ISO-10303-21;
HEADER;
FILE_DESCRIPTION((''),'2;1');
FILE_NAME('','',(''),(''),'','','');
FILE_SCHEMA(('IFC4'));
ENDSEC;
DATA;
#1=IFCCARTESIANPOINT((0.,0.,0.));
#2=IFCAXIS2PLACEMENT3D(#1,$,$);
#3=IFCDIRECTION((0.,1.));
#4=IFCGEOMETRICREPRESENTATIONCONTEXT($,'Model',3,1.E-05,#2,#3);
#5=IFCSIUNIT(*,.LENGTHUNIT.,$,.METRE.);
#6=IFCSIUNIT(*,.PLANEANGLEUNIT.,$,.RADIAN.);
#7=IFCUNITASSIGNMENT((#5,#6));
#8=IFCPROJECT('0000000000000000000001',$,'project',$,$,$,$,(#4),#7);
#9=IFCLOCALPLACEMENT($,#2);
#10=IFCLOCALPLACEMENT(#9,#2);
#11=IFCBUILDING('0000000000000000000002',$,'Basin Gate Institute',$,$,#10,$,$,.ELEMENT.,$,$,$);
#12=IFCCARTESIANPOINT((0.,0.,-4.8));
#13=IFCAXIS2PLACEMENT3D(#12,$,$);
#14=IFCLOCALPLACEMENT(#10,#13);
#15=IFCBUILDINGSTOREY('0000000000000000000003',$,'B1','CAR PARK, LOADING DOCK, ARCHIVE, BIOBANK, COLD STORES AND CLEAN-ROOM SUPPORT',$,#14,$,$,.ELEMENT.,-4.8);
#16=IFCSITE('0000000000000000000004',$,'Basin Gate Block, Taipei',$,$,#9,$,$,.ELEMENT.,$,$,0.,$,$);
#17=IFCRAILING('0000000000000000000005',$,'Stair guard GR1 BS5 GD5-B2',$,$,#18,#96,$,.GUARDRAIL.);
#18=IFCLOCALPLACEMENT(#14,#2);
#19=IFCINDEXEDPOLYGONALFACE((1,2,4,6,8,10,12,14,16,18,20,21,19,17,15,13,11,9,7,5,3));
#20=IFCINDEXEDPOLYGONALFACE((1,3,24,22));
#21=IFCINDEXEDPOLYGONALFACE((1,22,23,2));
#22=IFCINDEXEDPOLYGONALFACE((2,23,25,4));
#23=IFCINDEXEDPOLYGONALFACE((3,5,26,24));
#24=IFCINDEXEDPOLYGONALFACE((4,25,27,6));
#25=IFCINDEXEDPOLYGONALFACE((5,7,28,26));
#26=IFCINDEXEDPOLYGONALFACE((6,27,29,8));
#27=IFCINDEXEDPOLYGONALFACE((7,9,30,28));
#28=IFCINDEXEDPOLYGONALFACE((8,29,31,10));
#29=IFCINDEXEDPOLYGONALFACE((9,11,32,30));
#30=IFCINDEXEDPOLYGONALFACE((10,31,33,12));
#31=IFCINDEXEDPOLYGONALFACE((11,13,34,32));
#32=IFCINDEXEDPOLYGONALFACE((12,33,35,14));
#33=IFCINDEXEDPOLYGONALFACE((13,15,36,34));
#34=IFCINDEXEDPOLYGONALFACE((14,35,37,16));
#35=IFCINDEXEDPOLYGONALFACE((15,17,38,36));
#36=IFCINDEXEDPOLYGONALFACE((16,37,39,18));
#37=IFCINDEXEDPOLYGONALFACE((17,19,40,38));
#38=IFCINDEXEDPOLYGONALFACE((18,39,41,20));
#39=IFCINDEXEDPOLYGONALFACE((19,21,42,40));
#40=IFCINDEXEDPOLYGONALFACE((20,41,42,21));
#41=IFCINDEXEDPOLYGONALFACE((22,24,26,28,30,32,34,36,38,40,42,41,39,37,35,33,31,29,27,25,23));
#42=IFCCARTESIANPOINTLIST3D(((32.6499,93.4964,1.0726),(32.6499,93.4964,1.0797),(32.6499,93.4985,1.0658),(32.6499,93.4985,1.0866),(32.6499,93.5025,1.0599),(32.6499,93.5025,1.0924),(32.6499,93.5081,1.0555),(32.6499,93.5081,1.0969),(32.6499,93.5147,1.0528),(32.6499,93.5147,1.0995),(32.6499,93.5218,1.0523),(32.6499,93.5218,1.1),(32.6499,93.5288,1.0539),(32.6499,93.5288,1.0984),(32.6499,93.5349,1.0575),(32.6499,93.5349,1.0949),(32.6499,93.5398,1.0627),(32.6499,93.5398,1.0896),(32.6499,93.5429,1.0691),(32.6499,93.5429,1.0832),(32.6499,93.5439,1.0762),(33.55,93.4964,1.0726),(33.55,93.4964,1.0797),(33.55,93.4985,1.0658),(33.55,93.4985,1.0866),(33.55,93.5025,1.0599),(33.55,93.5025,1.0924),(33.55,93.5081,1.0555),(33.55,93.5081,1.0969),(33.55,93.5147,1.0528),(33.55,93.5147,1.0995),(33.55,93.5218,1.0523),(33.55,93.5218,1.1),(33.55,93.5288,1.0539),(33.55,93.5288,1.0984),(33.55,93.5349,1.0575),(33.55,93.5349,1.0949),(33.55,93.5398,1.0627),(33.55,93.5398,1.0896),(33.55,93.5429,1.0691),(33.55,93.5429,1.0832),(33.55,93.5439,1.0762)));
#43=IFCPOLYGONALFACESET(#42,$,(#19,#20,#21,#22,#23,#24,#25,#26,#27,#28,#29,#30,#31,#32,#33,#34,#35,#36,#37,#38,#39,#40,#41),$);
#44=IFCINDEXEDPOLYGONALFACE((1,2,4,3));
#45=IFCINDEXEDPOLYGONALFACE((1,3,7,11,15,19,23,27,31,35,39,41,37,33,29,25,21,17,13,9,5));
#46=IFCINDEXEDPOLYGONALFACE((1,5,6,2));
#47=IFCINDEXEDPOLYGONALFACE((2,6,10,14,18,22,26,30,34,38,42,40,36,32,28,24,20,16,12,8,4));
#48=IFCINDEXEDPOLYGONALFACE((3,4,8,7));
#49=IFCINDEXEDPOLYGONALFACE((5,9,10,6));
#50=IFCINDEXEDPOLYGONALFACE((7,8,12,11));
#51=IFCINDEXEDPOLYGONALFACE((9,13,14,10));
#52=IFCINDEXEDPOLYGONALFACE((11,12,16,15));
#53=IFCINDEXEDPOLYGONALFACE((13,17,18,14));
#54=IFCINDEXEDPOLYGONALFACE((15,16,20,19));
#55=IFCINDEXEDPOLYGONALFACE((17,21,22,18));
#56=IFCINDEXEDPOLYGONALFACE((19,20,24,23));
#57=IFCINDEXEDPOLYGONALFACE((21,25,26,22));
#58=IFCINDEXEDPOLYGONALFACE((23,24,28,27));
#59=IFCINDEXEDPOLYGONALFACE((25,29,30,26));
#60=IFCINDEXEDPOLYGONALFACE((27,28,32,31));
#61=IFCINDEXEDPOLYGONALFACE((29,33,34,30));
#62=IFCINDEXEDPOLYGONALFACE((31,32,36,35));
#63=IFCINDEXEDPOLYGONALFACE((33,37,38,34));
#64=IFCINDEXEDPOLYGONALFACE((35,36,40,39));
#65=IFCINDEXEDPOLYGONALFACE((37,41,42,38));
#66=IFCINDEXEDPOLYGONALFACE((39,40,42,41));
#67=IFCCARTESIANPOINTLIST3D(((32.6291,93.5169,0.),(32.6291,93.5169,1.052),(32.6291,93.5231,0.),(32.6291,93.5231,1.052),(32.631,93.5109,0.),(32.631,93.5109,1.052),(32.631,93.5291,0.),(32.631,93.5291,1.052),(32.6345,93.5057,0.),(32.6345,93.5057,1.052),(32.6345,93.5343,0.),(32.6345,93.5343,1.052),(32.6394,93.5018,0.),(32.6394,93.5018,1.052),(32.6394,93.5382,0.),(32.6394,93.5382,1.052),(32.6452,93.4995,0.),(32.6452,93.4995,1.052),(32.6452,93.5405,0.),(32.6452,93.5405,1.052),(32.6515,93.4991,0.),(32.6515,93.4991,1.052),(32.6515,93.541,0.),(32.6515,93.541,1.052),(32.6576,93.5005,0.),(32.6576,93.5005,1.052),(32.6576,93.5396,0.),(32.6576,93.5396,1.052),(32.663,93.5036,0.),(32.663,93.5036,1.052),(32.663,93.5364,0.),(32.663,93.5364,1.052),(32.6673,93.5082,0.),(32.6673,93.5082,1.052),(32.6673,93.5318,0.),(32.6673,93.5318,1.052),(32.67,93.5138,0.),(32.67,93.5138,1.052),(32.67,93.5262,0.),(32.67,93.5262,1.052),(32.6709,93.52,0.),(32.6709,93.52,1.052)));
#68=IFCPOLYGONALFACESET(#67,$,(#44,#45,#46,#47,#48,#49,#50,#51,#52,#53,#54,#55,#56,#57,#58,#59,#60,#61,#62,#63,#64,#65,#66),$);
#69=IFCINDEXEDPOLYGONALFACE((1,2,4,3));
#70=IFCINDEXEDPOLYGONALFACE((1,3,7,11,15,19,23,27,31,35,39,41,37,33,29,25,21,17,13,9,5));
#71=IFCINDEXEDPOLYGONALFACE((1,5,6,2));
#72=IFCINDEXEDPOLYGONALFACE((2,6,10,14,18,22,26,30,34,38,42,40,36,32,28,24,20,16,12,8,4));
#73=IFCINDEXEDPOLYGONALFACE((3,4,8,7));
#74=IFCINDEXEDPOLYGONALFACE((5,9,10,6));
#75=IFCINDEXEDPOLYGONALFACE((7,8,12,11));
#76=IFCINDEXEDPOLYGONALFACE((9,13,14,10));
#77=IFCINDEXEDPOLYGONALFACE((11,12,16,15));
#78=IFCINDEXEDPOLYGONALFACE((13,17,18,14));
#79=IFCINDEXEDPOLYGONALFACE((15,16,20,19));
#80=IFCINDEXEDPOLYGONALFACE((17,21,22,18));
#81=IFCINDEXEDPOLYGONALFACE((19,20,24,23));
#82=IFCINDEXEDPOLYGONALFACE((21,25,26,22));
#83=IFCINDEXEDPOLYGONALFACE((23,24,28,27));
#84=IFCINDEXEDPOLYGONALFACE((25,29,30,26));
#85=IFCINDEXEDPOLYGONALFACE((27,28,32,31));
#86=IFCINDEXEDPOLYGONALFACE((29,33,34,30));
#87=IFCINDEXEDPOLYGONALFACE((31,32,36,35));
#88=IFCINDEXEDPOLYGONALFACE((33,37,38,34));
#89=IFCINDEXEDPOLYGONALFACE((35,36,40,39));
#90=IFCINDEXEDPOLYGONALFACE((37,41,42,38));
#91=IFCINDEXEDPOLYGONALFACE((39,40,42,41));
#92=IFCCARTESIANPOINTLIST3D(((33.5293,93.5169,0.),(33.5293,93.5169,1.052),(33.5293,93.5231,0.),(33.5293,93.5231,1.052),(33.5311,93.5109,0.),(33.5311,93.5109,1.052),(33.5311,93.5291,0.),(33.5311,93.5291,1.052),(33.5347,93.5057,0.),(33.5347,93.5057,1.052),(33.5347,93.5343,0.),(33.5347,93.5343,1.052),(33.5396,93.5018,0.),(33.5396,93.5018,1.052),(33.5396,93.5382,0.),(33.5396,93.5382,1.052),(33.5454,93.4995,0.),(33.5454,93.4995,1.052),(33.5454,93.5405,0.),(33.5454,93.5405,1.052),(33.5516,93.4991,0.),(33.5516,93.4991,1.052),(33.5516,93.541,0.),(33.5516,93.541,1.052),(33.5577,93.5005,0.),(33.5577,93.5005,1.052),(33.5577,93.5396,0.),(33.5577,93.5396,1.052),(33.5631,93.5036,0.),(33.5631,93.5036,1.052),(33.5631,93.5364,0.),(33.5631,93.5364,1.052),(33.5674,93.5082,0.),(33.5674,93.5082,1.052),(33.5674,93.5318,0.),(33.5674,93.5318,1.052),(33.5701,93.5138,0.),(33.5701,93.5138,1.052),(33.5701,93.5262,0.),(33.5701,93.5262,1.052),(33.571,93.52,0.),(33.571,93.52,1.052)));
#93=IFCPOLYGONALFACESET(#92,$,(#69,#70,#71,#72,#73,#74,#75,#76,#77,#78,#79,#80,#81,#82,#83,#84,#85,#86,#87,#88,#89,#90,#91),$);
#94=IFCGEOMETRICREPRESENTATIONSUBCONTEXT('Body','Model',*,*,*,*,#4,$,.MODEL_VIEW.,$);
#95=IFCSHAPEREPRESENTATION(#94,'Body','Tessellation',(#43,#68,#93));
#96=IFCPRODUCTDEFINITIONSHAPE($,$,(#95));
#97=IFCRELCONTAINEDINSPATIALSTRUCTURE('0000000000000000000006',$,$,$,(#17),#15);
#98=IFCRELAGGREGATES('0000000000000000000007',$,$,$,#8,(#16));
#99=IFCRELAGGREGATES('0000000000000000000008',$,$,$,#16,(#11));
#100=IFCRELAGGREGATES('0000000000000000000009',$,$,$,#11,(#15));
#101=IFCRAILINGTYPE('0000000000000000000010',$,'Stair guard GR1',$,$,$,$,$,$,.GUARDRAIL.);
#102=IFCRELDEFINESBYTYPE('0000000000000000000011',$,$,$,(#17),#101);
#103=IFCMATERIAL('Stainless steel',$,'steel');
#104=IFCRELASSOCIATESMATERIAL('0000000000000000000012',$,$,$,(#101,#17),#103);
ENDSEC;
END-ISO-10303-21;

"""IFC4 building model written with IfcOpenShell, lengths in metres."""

from ifc_helpers import new_model, si_unit, direction, frame, origin, origin_2d, place, context, subcontext, project, spatial, circle, extrude, material, type_object, element, save


model = new_model("IFC4")

# Units and contexts
model_context = context("Model", 3, precision=1e-05, world=origin(), true_north=direction((0.0, 1.0)))
body_context = subcontext(model_context, "Body", "Model", "MODEL_VIEW")
ifc_project = project(units=[si_unit("LENGTHUNIT", "METRE"), si_unit("PLANEANGLEUNIT", "RADIAN")], contexts=[model_context])

# Site, building, storey
site_placement = place(None, origin())
site = spatial("IfcSite", under=ifc_project, at=site_placement, Name="Basin Gate Block, Taipei", CompositionType="ELEMENT", RefElevation=0.0)
building_placement = place(site_placement, origin())
building = spatial("IfcBuilding", under=site, at=building_placement, Name="Basin Gate Institute", CompositionType="ELEMENT")
storey_placement = place(building_placement, frame((0.0, 0.0, -4.8)))
storey = spatial("IfcBuildingStorey", under=building, at=storey_placement, Name="B1", Description="CAR PARK, LOADING DOCK, ARCHIVE, BIOBANK, COLD STORES AND CLEAN-ROOM SUPPORT", CompositionType="ELEMENT", Elevation=-4.8)

# Railing
ifc_material_1 = material(Name="Stainless steel", Category="steel")
railing_type_1 = type_object("IfcRailingType", Name="Stair guard GR1", PredefinedType="GUARDRAIL", material=ifc_material_1)
railing_1_placement = place(storey_placement, frame((32.6499, 93.52, 0.0)))
element("IfcRailing", 1, at=railing_1_placement, inside=storey, type_object=railing_type_1, material=ifc_material_1, Name="Stair guard GR1 BS5 GD5-B2", PredefinedType="GUARDRAIL", context=body_context, shape_type="SweptSolid", body=[
    extrude(circle(Radius=0.0239, at=origin_2d()), frame((0.0, 0.0, 1.0762), z_axis=(1.0, 0.0, 0.0), x_axis=(0.0, 1.0, 0.0)), (0.0, 0.0, 1.0), 0.9001),
    extrude(circle(Radius=0.021, at=origin_2d()), origin(), (0.0, 0.0, 1.0), 1.052),
    extrude(circle(Radius=0.021, at=origin_2d()), frame((0.9001, 0.0, 0.0)), (0.0, 0.0, 1.0), 1.052),
])

save(model, "model.ifc")
